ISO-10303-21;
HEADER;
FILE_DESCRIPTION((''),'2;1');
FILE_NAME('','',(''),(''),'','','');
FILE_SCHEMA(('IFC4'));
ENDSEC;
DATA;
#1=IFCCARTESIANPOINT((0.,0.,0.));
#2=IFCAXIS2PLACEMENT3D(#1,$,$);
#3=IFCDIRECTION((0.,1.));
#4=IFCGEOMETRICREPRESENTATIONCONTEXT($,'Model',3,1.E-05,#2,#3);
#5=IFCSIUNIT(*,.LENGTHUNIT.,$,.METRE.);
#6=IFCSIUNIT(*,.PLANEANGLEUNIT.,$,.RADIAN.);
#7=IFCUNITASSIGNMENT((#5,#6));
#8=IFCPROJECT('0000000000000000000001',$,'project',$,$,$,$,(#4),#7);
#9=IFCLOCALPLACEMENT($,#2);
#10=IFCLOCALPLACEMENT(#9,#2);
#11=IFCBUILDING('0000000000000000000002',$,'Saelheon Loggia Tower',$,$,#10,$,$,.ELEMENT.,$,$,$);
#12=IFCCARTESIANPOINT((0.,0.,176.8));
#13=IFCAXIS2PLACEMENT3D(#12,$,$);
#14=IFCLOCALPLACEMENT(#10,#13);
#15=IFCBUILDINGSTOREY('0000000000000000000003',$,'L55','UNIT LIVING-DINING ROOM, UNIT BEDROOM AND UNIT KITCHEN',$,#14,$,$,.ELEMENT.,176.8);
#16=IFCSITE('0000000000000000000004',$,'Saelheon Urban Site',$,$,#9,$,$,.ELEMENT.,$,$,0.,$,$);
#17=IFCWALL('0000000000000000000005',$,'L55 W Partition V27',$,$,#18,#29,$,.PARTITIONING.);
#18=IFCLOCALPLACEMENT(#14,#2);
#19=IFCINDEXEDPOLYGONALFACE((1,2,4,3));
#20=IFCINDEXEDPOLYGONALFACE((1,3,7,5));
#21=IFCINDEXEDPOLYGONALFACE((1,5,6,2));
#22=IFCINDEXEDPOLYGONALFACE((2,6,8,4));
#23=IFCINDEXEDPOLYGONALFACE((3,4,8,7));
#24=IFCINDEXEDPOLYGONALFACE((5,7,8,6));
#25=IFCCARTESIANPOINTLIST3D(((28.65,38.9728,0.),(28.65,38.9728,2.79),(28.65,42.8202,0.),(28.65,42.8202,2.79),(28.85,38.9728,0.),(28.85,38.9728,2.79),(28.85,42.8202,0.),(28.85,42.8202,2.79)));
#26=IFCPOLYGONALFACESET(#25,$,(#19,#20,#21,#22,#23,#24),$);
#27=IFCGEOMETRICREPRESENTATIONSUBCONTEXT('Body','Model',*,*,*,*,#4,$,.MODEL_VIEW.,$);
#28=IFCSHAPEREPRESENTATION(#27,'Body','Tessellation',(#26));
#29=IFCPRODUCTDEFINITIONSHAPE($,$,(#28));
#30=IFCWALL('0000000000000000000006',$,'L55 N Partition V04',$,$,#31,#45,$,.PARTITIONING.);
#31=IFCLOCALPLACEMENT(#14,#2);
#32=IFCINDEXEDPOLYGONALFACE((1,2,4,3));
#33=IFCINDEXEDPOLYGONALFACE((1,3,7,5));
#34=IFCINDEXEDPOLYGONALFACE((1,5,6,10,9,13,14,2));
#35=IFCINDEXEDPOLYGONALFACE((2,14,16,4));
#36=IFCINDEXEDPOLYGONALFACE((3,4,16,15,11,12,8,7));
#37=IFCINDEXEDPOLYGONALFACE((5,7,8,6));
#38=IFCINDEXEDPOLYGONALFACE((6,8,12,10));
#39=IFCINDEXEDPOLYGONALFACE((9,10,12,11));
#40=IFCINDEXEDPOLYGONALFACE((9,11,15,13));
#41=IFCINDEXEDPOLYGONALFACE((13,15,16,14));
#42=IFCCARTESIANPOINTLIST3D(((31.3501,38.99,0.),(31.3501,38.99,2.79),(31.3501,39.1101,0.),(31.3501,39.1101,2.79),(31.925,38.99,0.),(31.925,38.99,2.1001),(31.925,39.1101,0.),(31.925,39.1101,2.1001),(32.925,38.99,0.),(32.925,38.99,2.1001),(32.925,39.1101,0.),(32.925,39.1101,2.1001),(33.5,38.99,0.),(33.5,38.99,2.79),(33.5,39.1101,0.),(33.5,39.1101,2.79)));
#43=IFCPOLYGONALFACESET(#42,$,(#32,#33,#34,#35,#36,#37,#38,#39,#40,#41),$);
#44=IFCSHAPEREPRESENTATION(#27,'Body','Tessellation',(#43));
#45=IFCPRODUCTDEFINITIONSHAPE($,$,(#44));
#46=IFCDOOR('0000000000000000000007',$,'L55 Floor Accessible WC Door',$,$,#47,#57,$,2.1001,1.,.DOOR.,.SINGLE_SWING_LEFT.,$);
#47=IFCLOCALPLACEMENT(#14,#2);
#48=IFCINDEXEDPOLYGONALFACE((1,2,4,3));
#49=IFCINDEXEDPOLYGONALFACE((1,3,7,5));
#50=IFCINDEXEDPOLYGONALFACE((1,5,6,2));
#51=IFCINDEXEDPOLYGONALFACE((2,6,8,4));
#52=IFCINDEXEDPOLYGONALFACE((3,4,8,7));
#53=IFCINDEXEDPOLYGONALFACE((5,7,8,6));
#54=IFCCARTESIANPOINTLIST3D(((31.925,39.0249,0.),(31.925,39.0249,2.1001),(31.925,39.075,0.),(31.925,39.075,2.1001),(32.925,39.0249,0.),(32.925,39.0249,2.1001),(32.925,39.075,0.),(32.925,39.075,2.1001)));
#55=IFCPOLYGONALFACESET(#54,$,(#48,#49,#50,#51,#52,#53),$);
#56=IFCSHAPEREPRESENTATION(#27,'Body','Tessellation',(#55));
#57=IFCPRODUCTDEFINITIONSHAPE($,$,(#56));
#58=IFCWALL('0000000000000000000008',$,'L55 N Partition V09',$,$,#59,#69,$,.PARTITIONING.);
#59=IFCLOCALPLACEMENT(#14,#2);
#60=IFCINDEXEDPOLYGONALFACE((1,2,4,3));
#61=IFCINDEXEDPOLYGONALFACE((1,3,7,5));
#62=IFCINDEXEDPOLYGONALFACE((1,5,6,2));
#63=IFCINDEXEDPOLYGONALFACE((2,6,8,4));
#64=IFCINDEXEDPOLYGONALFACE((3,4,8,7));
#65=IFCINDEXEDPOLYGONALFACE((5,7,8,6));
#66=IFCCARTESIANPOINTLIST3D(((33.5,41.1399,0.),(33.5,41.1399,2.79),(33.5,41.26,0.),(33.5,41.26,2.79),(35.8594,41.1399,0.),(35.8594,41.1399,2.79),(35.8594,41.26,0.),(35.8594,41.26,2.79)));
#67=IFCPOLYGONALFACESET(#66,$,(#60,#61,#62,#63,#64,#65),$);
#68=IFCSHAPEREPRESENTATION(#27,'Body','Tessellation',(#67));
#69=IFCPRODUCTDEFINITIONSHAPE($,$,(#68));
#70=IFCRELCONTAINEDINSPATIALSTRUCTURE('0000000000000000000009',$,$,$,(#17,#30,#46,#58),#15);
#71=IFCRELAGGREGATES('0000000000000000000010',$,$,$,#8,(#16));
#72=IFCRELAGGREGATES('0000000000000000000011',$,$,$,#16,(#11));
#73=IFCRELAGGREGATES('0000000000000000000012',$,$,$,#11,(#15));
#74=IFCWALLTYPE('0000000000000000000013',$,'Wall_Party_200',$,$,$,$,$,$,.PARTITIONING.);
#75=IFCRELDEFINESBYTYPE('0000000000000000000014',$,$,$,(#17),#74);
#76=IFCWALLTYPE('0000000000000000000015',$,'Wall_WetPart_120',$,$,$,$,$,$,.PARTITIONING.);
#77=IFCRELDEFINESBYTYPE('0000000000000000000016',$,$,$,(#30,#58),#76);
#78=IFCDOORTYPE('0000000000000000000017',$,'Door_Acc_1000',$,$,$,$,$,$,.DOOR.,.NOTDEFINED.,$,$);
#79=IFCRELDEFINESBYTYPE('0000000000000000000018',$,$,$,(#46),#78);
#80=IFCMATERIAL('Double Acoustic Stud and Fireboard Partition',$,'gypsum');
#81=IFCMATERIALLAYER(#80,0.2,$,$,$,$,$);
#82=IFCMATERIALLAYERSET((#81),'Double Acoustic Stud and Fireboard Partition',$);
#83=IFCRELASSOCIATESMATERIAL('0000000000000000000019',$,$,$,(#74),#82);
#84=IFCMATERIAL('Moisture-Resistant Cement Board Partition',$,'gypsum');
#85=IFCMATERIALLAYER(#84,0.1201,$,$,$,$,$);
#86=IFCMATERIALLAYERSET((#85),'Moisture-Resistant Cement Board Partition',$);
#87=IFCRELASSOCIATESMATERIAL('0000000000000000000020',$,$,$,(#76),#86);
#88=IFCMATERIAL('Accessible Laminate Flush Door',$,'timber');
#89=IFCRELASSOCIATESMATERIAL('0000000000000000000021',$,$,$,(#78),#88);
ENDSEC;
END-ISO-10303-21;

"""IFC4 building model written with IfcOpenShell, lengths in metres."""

from ifc_helpers import new_model, si_unit, direction, frame, frame_2d, origin, place, context, subcontext, project, spatial, rectangle, extrude, source, transform, mapped, material, layer, layer_set, type_object, element, fill, save


model = new_model("IFC4")

# Units and contexts
model_context = context("Model", 3, precision=1e-05, world=origin(), true_north=direction((0.0, 1.0)))
body_context = subcontext(model_context, "Body", "Model", "MODEL_VIEW")
ifc_project = project(units=[si_unit("LENGTHUNIT", "METRE"), si_unit("PLANEANGLEUNIT", "RADIAN")], contexts=[model_context])

# Site, building, storey
site_placement = place(None, origin())
site = spatial("IfcSite", under=ifc_project, at=site_placement, Name="Saelheon Urban Site", CompositionType="ELEMENT", RefElevation=0.0)
building_placement = place(site_placement, origin())
building = spatial("IfcBuilding", under=site, at=building_placement, Name="Saelheon Loggia Tower", CompositionType="ELEMENT")
storey_placement = place(building_placement, frame((0.0, 0.0, 176.8)))
storey = spatial("IfcBuildingStorey", under=building, at=storey_placement, Name="L55", Description="UNIT LIVING-DINING ROOM, UNIT BEDROOM AND UNIT KITCHEN", CompositionType="ELEMENT", Elevation=176.8)

# Wall
ifc_material_1 = material(Name="Double Acoustic Stud and Fireboard Partition", Category="gypsum")
ifc_layer_1 = layer(ifc_material_1, 0.2)
ifc_layer_set_1 = layer_set([ifc_layer_1], Name="Double Acoustic Stud and Fireboard Partition")
wall_type_1 = type_object("IfcWallType", Name="Wall_Party_200", PredefinedType="PARTITIONING", material=ifc_layer_set_1)
wall_1_placement = place(storey_placement, frame((28.75, 38.9727, 0.0), z_axis=(0.0, 0.0, 1.0), x_axis=(0.0, 1.0, 0.0)))
element("IfcWall", 1, at=wall_1_placement, inside=storey, type_object=wall_type_1, Name="L55 W Partition V27", PredefinedType="PARTITIONING", context=body_context, shape_type="SweptSolid", body=[
    extrude(rectangle(XDim=3.8474, YDim=0.2, at=frame_2d((1.9238, 0.0))), origin(), (0.0, 0.0, 1.0), 2.79),
])

# Wall, opening, door
ifc_material_2 = material(Name="Moisture-Resistant Cement Board Partition", Category="gypsum")
ifc_layer_2 = layer(ifc_material_2, 0.1201)
ifc_layer_set_2 = layer_set([ifc_layer_2], Name="Moisture-Resistant Cement Board Partition")
wall_type_2 = type_object("IfcWallType", Name="Wall_WetPart_120", PredefinedType="PARTITIONING", material=ifc_layer_set_2)
wall_2_placement = place(storey_placement, frame((31.3501, 39.05, 0.0), z_axis=(0.0, 0.0, 1.0), x_axis=(1.0, 0.0, 0.0)))
wall_2 = element("IfcWall", 2, at=wall_2_placement, inside=storey, type_object=wall_type_2, Name="L55 N Partition V04", PredefinedType="PARTITIONING", context=body_context, shape_type="SweptSolid", body=[
    extrude(rectangle(XDim=2.1499, YDim=0.1201, at=frame_2d((1.075, 0.0))), origin(), (0.0, 0.0, 1.0), 2.79),
])
opening_1_placement = place(wall_2_placement, frame((0.575, 0.0, 0.0)))
opening_1 = element("IfcOpeningElement", 3, at=opening_1_placement, cuts=wall_2, PredefinedType="OPENING", context=body_context, shape_type="SweptSolid", body=[
    extrude(rectangle(XDim=1.0, YDim=2.1001, at=frame_2d((0.5, 1.05))), frame((0.0, 0.072, 0.0), z_axis=(0.0, -1.0, 0.0), x_axis=(1.0, 0.0, 0.0)), (0.0, 0.0, 1.0), 0.144),
])
ifc_material_3 = material(Name="Accessible Laminate Flush Door", Category="timber")
door_type_1 = type_object("IfcDoorType", Name="Door_Acc_1000", OperationType="NOTDEFINED", PredefinedType="DOOR", material=ifc_material_3)
shared_shape_1 = source(origin(), body_context, "Body", "SweptSolid", [
    extrude(rectangle(XDim=1.0, YDim=2.1001, at=frame_2d((0.5, 1.05))), frame((0.0, 0.0249, 0.0), z_axis=(0.0, -1.0, 0.0), x_axis=(1.0, 0.0, 0.0)), (0.0, 0.0, 1.0), 0.05),
])
door_1_placement = place(opening_1_placement, origin())
door_1 = element("IfcDoor", 4, at=door_1_placement, inside=storey, type_object=door_type_1, Name="L55 Floor Accessible WC Door", OperationType="SINGLE_SWING_LEFT", OverallHeight=2.1001, OverallWidth=1.0, PredefinedType="DOOR", context=body_context, shape_type="MappedRepresentation", body=[
    mapped(shared_shape_1, transform((0.0, 0.0, 0.0), scale=1.0)),
])
fill(opening_1, door_1)

# Wall
wall_3_placement = place(storey_placement, frame((33.5, 41.2, 0.0), z_axis=(0.0, 0.0, 1.0), x_axis=(1.0, 0.0, 0.0)))
element("IfcWall", 5, at=wall_3_placement, inside=storey, type_object=wall_type_2, Name="L55 N Partition V09", PredefinedType="PARTITIONING", context=body_context, shape_type="SweptSolid", body=[
    extrude(rectangle(XDim=2.3594, YDim=0.1201, at=frame_2d((1.1797, 0.0))), origin(), (0.0, 0.0, 1.0), 2.79),
])

save(model, "model.ifc")
